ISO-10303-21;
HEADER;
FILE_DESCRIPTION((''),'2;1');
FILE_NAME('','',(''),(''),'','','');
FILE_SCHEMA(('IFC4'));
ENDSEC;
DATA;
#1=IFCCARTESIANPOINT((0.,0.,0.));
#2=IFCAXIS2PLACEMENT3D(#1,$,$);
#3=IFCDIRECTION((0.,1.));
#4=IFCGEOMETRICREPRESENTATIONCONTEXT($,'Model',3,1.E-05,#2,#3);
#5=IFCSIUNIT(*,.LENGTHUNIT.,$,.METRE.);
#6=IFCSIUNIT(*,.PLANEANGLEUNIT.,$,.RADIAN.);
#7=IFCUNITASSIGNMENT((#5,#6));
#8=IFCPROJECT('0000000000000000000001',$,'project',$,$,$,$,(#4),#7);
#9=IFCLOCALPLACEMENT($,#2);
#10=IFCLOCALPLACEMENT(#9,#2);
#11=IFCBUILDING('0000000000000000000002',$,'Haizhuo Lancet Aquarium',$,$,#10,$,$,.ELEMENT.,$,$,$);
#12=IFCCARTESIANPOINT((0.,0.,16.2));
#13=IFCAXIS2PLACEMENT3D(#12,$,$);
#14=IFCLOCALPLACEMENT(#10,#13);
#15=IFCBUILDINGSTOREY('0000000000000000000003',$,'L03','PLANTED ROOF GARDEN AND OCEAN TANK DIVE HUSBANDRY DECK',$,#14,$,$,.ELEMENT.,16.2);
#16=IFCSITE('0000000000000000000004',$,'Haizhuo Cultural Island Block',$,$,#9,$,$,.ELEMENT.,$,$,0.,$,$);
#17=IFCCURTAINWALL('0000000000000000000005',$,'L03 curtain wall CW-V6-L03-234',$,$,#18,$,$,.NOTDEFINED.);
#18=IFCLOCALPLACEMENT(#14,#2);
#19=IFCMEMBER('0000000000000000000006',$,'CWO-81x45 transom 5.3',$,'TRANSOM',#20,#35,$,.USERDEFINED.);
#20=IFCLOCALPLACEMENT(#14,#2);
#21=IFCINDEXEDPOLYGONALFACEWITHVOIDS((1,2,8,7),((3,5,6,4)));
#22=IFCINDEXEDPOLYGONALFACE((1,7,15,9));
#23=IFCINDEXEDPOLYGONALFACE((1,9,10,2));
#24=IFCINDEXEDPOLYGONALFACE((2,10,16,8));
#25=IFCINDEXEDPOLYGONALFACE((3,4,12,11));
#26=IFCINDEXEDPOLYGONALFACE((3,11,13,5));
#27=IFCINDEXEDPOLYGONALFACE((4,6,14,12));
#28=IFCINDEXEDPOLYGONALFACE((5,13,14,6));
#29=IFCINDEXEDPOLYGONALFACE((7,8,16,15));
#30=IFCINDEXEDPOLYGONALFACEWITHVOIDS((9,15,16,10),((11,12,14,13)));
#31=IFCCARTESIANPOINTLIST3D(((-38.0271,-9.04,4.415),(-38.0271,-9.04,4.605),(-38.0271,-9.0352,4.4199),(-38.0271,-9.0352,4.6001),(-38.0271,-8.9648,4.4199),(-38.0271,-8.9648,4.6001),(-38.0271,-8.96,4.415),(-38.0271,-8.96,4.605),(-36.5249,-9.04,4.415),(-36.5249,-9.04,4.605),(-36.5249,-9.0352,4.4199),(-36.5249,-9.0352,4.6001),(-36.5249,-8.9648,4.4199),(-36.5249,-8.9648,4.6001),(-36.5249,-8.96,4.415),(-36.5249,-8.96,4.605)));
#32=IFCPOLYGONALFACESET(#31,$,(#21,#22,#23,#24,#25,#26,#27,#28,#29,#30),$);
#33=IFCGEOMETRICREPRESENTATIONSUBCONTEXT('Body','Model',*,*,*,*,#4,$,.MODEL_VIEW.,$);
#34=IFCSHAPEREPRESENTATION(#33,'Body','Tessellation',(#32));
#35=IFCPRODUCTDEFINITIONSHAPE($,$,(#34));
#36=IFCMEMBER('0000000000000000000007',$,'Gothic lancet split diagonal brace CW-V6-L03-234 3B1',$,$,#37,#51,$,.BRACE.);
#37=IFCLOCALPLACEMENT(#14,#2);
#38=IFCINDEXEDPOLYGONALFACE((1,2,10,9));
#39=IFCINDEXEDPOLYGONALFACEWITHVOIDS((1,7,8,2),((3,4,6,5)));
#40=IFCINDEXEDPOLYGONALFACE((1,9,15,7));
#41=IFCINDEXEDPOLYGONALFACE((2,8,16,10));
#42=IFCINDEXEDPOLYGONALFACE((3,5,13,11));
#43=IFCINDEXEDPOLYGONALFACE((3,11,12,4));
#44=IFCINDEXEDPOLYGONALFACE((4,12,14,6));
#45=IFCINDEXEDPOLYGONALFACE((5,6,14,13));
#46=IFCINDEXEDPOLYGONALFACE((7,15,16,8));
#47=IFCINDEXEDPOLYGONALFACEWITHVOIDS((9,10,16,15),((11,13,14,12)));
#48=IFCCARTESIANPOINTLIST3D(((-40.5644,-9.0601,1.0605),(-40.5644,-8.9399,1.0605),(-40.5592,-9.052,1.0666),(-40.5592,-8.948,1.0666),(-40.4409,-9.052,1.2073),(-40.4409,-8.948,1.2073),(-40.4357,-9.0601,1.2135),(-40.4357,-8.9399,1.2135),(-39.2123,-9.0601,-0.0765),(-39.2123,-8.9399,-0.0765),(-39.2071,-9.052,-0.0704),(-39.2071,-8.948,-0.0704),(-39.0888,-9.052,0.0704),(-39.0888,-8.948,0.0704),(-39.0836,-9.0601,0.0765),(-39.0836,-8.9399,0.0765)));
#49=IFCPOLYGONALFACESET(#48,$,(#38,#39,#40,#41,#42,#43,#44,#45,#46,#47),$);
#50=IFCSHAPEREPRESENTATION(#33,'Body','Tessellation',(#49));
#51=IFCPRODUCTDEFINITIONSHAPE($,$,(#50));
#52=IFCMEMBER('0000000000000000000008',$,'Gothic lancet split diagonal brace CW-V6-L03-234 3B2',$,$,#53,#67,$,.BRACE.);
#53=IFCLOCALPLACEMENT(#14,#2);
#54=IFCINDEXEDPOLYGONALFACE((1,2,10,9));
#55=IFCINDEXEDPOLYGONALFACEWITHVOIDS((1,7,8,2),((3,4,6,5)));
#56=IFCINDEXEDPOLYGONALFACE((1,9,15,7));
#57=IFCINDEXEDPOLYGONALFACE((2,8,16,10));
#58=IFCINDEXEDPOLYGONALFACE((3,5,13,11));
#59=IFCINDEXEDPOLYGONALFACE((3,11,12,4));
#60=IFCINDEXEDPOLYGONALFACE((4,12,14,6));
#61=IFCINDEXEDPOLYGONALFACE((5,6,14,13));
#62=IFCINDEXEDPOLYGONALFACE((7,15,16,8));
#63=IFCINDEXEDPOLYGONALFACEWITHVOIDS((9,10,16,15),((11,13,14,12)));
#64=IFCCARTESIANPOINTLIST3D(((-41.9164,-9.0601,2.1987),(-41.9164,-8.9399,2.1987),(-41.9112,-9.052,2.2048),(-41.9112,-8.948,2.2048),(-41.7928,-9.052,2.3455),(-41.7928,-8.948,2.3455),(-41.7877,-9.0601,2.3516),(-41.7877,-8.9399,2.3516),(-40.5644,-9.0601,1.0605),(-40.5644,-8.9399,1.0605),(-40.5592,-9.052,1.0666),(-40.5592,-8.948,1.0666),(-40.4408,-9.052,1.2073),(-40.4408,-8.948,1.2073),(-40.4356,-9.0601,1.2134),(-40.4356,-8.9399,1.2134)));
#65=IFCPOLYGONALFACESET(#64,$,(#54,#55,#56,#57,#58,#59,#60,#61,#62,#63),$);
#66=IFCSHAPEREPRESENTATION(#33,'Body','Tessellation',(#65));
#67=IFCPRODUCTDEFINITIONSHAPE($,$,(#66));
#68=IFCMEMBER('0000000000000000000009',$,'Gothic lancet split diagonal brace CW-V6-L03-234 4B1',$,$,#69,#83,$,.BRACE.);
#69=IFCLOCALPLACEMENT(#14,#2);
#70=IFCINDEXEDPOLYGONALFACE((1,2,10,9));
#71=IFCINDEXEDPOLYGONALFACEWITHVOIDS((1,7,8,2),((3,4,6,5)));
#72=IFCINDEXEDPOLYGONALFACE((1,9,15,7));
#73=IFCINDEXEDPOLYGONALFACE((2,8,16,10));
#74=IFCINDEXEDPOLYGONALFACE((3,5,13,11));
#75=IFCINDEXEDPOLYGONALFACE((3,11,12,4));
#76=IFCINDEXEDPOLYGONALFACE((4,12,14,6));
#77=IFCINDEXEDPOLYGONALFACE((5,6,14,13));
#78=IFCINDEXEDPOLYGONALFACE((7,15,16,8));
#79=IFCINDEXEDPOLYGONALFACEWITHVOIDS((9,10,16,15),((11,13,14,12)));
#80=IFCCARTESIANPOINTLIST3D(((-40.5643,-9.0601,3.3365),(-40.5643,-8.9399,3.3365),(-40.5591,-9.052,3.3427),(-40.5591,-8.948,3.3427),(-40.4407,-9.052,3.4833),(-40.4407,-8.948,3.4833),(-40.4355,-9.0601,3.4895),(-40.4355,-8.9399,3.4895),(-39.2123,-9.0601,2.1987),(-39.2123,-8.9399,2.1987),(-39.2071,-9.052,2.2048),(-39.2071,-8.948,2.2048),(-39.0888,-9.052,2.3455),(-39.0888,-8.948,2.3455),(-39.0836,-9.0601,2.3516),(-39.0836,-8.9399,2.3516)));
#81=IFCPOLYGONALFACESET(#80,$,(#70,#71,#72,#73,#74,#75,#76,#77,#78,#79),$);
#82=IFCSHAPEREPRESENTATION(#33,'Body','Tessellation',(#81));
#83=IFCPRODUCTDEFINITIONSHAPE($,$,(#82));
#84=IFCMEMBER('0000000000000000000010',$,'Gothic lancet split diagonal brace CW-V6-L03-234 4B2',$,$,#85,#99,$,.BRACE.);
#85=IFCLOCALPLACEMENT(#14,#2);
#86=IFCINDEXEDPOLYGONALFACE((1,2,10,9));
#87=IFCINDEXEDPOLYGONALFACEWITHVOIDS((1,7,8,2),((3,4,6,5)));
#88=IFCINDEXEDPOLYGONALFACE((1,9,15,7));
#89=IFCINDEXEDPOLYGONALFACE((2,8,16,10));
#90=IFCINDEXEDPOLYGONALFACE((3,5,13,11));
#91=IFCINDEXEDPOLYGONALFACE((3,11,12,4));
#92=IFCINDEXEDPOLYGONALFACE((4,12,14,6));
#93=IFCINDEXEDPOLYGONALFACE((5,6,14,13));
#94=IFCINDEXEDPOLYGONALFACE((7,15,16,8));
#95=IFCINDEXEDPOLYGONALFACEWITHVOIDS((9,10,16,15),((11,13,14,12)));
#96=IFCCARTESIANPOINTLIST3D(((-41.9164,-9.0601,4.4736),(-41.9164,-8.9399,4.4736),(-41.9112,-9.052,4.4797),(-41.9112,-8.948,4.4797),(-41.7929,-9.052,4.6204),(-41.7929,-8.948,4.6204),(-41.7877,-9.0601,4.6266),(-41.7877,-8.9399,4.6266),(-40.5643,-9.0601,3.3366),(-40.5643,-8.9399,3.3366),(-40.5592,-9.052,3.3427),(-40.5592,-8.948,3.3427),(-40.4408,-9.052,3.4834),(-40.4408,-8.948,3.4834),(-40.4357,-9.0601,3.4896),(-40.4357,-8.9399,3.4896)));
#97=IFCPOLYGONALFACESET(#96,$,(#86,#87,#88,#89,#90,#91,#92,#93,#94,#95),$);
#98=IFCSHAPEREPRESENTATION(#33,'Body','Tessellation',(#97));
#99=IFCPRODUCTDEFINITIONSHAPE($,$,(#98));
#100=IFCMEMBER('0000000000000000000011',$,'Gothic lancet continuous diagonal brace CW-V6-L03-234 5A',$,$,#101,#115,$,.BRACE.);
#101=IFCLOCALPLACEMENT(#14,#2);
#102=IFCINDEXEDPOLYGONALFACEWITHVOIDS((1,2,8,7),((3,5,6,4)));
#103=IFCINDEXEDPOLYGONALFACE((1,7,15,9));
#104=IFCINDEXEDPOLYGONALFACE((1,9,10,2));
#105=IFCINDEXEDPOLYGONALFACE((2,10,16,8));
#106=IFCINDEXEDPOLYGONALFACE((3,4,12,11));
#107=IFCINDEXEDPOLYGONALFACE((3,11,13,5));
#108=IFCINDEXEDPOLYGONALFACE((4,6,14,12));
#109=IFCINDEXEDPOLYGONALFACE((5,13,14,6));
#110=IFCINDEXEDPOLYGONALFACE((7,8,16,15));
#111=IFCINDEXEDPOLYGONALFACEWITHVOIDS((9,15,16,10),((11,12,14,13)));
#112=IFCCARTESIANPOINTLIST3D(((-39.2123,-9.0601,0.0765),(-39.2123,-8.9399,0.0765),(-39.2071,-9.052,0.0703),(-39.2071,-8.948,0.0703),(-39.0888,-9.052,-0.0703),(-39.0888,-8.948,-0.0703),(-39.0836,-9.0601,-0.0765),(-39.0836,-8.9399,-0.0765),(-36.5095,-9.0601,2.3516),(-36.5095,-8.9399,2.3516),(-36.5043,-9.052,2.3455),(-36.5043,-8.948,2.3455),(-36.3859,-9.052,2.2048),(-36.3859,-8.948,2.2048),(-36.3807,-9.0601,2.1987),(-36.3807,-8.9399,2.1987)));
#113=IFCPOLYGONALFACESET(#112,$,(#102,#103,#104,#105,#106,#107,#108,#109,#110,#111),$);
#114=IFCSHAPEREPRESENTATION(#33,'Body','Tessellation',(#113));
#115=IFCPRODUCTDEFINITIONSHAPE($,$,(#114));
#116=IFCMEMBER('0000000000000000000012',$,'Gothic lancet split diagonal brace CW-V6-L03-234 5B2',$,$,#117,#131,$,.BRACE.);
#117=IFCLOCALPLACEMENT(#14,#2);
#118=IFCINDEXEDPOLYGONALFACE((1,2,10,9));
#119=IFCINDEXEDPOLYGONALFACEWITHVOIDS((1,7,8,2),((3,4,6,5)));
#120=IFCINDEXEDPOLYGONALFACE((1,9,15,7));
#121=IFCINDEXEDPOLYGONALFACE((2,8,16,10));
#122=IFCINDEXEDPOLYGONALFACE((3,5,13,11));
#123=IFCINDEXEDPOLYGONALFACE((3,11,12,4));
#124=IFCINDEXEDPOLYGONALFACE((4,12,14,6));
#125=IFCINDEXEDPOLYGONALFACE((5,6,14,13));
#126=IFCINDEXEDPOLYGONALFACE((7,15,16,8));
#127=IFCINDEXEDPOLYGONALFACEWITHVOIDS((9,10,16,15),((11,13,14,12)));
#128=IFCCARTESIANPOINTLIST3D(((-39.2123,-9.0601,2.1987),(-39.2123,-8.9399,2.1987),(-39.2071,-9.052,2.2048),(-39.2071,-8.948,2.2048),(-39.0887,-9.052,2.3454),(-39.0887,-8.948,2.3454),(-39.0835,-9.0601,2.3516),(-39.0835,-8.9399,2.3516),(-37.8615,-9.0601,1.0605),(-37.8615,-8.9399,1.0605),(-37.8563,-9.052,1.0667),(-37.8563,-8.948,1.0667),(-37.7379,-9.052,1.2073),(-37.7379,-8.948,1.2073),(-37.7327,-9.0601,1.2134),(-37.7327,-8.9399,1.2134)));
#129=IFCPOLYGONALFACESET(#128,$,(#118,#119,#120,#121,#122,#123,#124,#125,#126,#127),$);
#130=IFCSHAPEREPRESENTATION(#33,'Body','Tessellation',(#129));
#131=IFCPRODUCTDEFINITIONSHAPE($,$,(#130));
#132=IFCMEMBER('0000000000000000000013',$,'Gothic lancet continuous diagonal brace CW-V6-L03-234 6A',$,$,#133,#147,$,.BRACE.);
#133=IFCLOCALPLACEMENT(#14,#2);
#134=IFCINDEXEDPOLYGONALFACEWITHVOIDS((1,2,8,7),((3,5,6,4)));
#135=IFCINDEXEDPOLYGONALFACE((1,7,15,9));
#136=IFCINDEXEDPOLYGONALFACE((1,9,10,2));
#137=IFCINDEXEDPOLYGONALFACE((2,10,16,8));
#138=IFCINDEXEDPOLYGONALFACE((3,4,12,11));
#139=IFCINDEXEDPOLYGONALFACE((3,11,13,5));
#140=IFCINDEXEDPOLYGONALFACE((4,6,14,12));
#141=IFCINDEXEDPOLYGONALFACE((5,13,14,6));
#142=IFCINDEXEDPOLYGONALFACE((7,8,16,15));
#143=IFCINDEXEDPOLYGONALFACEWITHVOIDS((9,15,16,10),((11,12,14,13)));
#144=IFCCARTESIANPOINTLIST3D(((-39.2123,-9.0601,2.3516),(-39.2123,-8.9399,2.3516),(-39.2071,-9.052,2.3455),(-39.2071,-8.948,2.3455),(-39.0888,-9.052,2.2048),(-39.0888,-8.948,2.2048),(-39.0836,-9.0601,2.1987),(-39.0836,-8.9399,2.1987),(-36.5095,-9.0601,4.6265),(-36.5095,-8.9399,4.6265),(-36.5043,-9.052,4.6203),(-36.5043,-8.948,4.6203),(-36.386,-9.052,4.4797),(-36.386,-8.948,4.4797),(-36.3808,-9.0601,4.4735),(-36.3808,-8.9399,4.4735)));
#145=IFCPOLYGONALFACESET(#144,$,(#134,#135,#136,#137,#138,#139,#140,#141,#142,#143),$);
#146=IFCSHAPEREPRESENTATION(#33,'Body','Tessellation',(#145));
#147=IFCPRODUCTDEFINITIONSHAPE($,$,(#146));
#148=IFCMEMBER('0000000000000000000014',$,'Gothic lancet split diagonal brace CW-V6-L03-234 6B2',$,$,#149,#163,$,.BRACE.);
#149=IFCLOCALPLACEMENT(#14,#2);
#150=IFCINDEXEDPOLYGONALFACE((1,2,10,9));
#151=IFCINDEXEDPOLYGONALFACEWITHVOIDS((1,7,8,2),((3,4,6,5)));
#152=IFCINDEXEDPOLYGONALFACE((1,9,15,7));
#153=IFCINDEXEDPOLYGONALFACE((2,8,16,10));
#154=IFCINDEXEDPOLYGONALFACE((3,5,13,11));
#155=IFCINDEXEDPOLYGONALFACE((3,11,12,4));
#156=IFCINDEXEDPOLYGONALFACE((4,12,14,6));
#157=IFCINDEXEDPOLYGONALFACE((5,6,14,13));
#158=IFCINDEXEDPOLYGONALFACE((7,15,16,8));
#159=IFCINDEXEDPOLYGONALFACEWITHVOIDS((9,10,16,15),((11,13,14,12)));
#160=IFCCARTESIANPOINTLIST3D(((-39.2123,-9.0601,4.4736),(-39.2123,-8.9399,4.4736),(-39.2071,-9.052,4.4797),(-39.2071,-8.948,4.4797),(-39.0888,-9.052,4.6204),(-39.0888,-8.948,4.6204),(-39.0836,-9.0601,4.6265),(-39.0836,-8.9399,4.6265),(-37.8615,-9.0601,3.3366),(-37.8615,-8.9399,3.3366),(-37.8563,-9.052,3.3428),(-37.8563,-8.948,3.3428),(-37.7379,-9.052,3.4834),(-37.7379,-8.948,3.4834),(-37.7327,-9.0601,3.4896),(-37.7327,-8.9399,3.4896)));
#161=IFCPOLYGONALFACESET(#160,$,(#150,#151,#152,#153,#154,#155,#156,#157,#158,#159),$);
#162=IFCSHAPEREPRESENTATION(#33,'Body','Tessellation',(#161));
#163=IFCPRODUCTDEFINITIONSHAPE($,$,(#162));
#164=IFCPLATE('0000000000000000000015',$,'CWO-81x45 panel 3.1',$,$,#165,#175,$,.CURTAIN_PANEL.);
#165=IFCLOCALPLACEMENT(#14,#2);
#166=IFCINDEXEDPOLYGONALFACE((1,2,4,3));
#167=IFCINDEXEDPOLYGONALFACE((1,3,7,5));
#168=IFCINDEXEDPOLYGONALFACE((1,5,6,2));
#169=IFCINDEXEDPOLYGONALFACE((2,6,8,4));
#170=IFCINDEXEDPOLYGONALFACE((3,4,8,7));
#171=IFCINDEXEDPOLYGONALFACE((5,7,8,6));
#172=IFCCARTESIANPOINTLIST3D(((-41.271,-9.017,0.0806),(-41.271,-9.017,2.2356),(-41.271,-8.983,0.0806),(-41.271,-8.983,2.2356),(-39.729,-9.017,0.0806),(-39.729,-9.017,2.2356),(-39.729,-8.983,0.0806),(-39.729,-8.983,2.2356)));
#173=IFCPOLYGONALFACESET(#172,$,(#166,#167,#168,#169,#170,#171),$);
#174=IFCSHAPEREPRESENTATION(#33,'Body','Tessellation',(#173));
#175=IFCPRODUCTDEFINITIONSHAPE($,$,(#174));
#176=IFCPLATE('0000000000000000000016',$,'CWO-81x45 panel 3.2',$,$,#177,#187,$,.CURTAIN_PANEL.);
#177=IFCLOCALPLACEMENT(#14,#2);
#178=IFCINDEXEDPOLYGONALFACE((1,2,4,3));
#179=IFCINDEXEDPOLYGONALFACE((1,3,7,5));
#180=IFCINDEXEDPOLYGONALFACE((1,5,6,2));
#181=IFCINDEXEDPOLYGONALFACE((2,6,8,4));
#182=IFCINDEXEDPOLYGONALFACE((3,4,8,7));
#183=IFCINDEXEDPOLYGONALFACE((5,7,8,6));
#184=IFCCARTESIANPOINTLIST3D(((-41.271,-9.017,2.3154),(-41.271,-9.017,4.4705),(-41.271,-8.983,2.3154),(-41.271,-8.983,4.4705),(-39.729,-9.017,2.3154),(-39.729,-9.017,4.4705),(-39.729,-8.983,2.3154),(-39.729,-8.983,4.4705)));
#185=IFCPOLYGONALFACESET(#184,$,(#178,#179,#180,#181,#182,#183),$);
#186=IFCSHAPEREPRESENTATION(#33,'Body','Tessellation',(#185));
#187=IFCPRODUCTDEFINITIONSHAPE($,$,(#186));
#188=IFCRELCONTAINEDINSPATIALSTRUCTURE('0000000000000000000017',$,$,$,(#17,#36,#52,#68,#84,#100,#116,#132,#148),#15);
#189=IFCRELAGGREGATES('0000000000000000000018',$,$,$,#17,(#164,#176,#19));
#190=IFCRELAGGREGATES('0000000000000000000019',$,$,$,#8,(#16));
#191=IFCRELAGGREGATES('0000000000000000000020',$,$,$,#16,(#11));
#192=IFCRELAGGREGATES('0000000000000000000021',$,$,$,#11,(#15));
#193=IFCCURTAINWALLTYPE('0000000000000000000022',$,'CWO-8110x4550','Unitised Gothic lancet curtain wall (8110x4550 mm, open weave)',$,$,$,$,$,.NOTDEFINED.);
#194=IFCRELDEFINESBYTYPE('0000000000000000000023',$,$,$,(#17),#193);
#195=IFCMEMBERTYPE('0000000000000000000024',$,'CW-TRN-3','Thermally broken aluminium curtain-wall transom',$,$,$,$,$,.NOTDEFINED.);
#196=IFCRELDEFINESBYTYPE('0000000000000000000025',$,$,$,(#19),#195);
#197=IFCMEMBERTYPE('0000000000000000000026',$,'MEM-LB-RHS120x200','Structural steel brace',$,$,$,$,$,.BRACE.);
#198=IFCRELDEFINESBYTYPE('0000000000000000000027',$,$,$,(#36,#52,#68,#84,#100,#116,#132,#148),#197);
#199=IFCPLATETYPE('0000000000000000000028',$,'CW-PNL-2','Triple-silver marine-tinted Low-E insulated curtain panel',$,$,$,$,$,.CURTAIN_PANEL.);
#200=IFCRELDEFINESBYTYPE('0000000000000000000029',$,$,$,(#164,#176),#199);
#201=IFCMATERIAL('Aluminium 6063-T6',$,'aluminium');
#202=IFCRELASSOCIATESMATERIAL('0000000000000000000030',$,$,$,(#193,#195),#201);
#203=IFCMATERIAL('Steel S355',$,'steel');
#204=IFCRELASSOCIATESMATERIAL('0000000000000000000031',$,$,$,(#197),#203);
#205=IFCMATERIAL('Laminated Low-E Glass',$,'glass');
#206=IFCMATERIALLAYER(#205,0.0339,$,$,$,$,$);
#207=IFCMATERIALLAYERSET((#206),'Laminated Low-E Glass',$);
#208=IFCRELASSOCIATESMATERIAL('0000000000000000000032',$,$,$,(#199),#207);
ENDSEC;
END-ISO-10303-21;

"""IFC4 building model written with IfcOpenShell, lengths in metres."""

from ifc_helpers import new_model, si_unit, direction, frame, origin, origin_2d, place, context, subcontext, project, spatial, rectangle, hollow_rectangle, extrude, material, layer, layer_set, material_profile, profile_set, type_object, element, aggregate, save


model = new_model("IFC4")

# Units and contexts
model_context = context("Model", 3, precision=1e-05, world=origin(), true_north=direction((0.0, 1.0)))
body_context = subcontext(model_context, "Body", "Model", "MODEL_VIEW")
ifc_project = project(units=[si_unit("LENGTHUNIT", "METRE"), si_unit("PLANEANGLEUNIT", "RADIAN")], contexts=[model_context])

# Site, building, storey
site_placement = place(None, origin())
site = spatial("IfcSite", under=ifc_project, at=site_placement, Name="Haizhuo Cultural Island Block", CompositionType="ELEMENT", RefElevation=0.0)
building_placement = place(site_placement, origin())
building = spatial("IfcBuilding", under=site, at=building_placement, Name="Haizhuo Lancet Aquarium", CompositionType="ELEMENT")
storey_placement = place(building_placement, frame((0.0, 0.0, 16.2)))
storey = spatial("IfcBuildingStorey", under=building, at=storey_placement, Name="L03", Description="PLANTED ROOF GARDEN AND OCEAN TANK DIVE HUSBANDRY DECK", CompositionType="ELEMENT", Elevation=16.2)

# Curtain wall, member
ifc_material_1 = material(Name="Aluminium 6063-T6", Category="aluminium")
curtain_wall_type = type_object("IfcCurtainWallType", Name="CWO-8110x4550", Description="Unitised Gothic lancet curtain wall (8110x4550 mm, open weave)", PredefinedType="NOTDEFINED", material=ifc_material_1)
curtain_wall_placement = place(storey_placement, origin())
curtain_wall = element("IfcCurtainWall", 1, at=curtain_wall_placement, inside=storey, type_object=curtain_wall_type, Name="L03 curtain wall CW-V6-L03-234", PredefinedType="NOTDEFINED")
ifc_material_profile_1 = material_profile(ifc_material_1, hollow_rectangle(XDim=0.0801, YDim=0.1899, WallThickness=0.0049, at=origin_2d()), Name="ALU-T 80x190x5")
ifc_profile_set_1 = profile_set([ifc_material_profile_1], Name="Aluminium 6063-T6")
member_type_1 = type_object("IfcMemberType", Name="CW-TRN-3", Description="Thermally broken aluminium curtain-wall transom", PredefinedType="NOTDEFINED", material=ifc_profile_set_1)
member_1_placement = place(storey_placement, frame((-38.0271, -9.0, 4.51), z_axis=(1.0, 0.0, 0.0), x_axis=(0.0, 1.0, 0.0)))
member_1 = element("IfcMember", 2, at=member_1_placement, type_object=member_type_1, Name="CWO-81x45 transom 5.3", ObjectType="TRANSOM", PredefinedType="USERDEFINED", context=body_context, shape_type="SweptSolid", body=[
    extrude(hollow_rectangle(XDim=0.0801, YDim=0.1899, WallThickness=0.0049, at=origin_2d()), origin(), (0.0, 0.0, 1.0), 1.5022),
])

# Members
ifc_material_2 = material(Name="Steel S355", Category="steel")
ifc_material_profile_2 = material_profile(ifc_material_2, hollow_rectangle(XDim=0.1201, YDim=0.2, WallThickness=0.0081, at=origin_2d()), Name="RHS 120x200x8")
ifc_profile_set_2 = profile_set([ifc_material_profile_2], Name="Steel S355")
member_type_2 = type_object("IfcMemberType", Name="MEM-LB-RHS120x200", Description="Structural steel brace", PredefinedType="BRACE", material=ifc_profile_set_2)
member_2_placement = place(storey_placement, frame((-39.1479, -9.0, 0.0), z_axis=(-0.765359, 0.0, 0.643604), x_axis=(0.0, -1.0, 0.0)))
element("IfcMember", 3, at=member_2_placement, inside=storey, type_object=member_type_2, Name="Gothic lancet split diagonal brace CW-V6-L03-234 3B1", PredefinedType="BRACE", context=body_context, shape_type="SweptSolid", body=[
    extrude(hollow_rectangle(XDim=0.1201, YDim=0.2, WallThickness=0.0081, at=origin_2d()), origin(), (0.0, 0.0, 1.0), 1.7666),
])
member_3_placement = place(storey_placement, frame((-40.5, -9.0, 1.137), z_axis=(-0.765019, 0.0, 0.644008), x_axis=(0.0, -1.0, 0.0)))
element("IfcMember", 4, at=member_3_placement, inside=storey, type_object=member_type_2, Name="Gothic lancet split diagonal brace CW-V6-L03-234 3B2", PredefinedType="BRACE", context=body_context, shape_type="SweptSolid", body=[
    extrude(hollow_rectangle(XDim=0.1201, YDim=0.2, WallThickness=0.0081, at=origin_2d()), origin(), (0.0, 0.0, 1.0), 1.7673),
])
member_4_placement = place(storey_placement, frame((-39.1479, -9.0, 2.2751), z_axis=(-0.765087, 0.0, 0.643927), x_axis=(0.0, -1.0, 0.0)))
element("IfcMember", 5, at=member_4_placement, inside=storey, type_object=member_type_2, Name="Gothic lancet split diagonal brace CW-V6-L03-234 4B1", PredefinedType="BRACE", context=body_context, shape_type="SweptSolid", body=[
    extrude(hollow_rectangle(XDim=0.1201, YDim=0.2, WallThickness=0.0081, at=origin_2d()), origin(), (0.0, 0.0, 1.0), 1.7671),
])
member_5_placement = place(storey_placement, frame((-40.5, -9.0, 3.4131), z_axis=(-0.765359, 0.0, 0.643604), x_axis=(0.0, -1.0, 0.0)))
element("IfcMember", 6, at=member_5_placement, inside=storey, type_object=member_type_2, Name="Gothic lancet split diagonal brace CW-V6-L03-234 4B2", PredefinedType="BRACE", context=body_context, shape_type="SweptSolid", body=[
    extrude(hollow_rectangle(XDim=0.1201, YDim=0.2, WallThickness=0.0081, at=origin_2d()), origin(), (0.0, 0.0, 1.0), 1.7666),
])
member_6_placement = place(storey_placement, frame((-39.1479, -9.0, 0.0), z_axis=(0.765046, 0.0, 0.643976), x_axis=(0.0, 1.0, 0.0)))
element("IfcMember", 7, at=member_6_placement, inside=storey, type_object=member_type_2, Name="Gothic lancet continuous diagonal brace CW-V6-L03-234 5A", PredefinedType="BRACE", context=body_context, shape_type="SweptSolid", body=[
    extrude(hollow_rectangle(XDim=0.1201, YDim=0.2, WallThickness=0.0081, at=origin_2d()), origin(), (0.0, 0.0, 1.0), 3.533),
])
member_7_placement = place(storey_placement, frame((-37.7971, -9.0, 1.137), z_axis=(-0.764732, 0.0, 0.644349), x_axis=(0.0, -1.0, 0.0)))
element("IfcMember", 8, at=member_7_placement, inside=storey, type_object=member_type_2, Name="Gothic lancet split diagonal brace CW-V6-L03-234 5B2", PredefinedType="BRACE", context=body_context, shape_type="SweptSolid", body=[
    extrude(hollow_rectangle(XDim=0.1201, YDim=0.2, WallThickness=0.0081, at=origin_2d()), origin(), (0.0, 0.0, 1.0), 1.7664),
])
member_8_placement = place(storey_placement, frame((-39.1479, -9.0, 2.2751), z_axis=(0.76508, 0.0, 0.643936), x_axis=(0.0, 1.0, 0.0)))
element("IfcMember", 9, at=member_8_placement, inside=storey, type_object=member_type_2, Name="Gothic lancet continuous diagonal brace CW-V6-L03-234 6A", PredefinedType="BRACE", context=body_context, shape_type="SweptSolid", body=[
    extrude(hollow_rectangle(XDim=0.1201, YDim=0.2, WallThickness=0.0081, at=origin_2d()), origin(), (0.0, 0.0, 1.0), 3.5327),
])
member_9_placement = place(storey_placement, frame((-37.7971, -9.0, 3.4131), z_axis=(-0.765073, 0.0, 0.643944), x_axis=(0.0, -1.0, 0.0)))
element("IfcMember", 10, at=member_9_placement, inside=storey, type_object=member_type_2, Name="Gothic lancet split diagonal brace CW-V6-L03-234 6B2", PredefinedType="BRACE", context=body_context, shape_type="SweptSolid", body=[
    extrude(hollow_rectangle(XDim=0.1201, YDim=0.2, WallThickness=0.0081, at=origin_2d()), origin(), (0.0, 0.0, 1.0), 1.7656),
])

# Plates
ifc_material_3 = material(Name="Laminated Low-E Glass", Category="glass")
ifc_layer = layer(ifc_material_3, 0.0339)
ifc_layer_set = layer_set([ifc_layer], Name="Laminated Low-E Glass")
plate_type = type_object("IfcPlateType", Name="CW-PNL-2", Description="Triple-silver marine-tinted Low-E insulated curtain panel", PredefinedType="CURTAIN_PANEL", material=ifc_layer_set)
plate_1_placement = place(storey_placement, frame((-40.5, -9.0, 0.0806), z_axis=(0.0, 0.0, 1.0), x_axis=(1.0, 0.0, 0.0)))
plate_1 = element("IfcPlate", 11, at=plate_1_placement, type_object=plate_type, Name="CWO-81x45 panel 3.1", PredefinedType="CURTAIN_PANEL", context=body_context, shape_type="SweptSolid", body=[
    extrude(rectangle(XDim=1.542, YDim=0.0339, at=origin_2d()), origin(), (0.0, 0.0, 1.0), 2.155),
])
plate_2_placement = place(storey_placement, frame((-40.5, -9.0, 2.3154), z_axis=(0.0, 0.0, 1.0), x_axis=(1.0, 0.0, 0.0)))
plate_2 = element("IfcPlate", 12, at=plate_2_placement, type_object=plate_type, Name="CWO-81x45 panel 3.2", PredefinedType="CURTAIN_PANEL", context=body_context, shape_type="SweptSolid", body=[
    extrude(rectangle(XDim=1.542, YDim=0.0339, at=origin_2d()), origin(), (0.0, 0.0, 1.0), 2.155),
])
aggregate(curtain_wall, [plate_1, plate_2, member_1])

save(model, "model.ifc")
